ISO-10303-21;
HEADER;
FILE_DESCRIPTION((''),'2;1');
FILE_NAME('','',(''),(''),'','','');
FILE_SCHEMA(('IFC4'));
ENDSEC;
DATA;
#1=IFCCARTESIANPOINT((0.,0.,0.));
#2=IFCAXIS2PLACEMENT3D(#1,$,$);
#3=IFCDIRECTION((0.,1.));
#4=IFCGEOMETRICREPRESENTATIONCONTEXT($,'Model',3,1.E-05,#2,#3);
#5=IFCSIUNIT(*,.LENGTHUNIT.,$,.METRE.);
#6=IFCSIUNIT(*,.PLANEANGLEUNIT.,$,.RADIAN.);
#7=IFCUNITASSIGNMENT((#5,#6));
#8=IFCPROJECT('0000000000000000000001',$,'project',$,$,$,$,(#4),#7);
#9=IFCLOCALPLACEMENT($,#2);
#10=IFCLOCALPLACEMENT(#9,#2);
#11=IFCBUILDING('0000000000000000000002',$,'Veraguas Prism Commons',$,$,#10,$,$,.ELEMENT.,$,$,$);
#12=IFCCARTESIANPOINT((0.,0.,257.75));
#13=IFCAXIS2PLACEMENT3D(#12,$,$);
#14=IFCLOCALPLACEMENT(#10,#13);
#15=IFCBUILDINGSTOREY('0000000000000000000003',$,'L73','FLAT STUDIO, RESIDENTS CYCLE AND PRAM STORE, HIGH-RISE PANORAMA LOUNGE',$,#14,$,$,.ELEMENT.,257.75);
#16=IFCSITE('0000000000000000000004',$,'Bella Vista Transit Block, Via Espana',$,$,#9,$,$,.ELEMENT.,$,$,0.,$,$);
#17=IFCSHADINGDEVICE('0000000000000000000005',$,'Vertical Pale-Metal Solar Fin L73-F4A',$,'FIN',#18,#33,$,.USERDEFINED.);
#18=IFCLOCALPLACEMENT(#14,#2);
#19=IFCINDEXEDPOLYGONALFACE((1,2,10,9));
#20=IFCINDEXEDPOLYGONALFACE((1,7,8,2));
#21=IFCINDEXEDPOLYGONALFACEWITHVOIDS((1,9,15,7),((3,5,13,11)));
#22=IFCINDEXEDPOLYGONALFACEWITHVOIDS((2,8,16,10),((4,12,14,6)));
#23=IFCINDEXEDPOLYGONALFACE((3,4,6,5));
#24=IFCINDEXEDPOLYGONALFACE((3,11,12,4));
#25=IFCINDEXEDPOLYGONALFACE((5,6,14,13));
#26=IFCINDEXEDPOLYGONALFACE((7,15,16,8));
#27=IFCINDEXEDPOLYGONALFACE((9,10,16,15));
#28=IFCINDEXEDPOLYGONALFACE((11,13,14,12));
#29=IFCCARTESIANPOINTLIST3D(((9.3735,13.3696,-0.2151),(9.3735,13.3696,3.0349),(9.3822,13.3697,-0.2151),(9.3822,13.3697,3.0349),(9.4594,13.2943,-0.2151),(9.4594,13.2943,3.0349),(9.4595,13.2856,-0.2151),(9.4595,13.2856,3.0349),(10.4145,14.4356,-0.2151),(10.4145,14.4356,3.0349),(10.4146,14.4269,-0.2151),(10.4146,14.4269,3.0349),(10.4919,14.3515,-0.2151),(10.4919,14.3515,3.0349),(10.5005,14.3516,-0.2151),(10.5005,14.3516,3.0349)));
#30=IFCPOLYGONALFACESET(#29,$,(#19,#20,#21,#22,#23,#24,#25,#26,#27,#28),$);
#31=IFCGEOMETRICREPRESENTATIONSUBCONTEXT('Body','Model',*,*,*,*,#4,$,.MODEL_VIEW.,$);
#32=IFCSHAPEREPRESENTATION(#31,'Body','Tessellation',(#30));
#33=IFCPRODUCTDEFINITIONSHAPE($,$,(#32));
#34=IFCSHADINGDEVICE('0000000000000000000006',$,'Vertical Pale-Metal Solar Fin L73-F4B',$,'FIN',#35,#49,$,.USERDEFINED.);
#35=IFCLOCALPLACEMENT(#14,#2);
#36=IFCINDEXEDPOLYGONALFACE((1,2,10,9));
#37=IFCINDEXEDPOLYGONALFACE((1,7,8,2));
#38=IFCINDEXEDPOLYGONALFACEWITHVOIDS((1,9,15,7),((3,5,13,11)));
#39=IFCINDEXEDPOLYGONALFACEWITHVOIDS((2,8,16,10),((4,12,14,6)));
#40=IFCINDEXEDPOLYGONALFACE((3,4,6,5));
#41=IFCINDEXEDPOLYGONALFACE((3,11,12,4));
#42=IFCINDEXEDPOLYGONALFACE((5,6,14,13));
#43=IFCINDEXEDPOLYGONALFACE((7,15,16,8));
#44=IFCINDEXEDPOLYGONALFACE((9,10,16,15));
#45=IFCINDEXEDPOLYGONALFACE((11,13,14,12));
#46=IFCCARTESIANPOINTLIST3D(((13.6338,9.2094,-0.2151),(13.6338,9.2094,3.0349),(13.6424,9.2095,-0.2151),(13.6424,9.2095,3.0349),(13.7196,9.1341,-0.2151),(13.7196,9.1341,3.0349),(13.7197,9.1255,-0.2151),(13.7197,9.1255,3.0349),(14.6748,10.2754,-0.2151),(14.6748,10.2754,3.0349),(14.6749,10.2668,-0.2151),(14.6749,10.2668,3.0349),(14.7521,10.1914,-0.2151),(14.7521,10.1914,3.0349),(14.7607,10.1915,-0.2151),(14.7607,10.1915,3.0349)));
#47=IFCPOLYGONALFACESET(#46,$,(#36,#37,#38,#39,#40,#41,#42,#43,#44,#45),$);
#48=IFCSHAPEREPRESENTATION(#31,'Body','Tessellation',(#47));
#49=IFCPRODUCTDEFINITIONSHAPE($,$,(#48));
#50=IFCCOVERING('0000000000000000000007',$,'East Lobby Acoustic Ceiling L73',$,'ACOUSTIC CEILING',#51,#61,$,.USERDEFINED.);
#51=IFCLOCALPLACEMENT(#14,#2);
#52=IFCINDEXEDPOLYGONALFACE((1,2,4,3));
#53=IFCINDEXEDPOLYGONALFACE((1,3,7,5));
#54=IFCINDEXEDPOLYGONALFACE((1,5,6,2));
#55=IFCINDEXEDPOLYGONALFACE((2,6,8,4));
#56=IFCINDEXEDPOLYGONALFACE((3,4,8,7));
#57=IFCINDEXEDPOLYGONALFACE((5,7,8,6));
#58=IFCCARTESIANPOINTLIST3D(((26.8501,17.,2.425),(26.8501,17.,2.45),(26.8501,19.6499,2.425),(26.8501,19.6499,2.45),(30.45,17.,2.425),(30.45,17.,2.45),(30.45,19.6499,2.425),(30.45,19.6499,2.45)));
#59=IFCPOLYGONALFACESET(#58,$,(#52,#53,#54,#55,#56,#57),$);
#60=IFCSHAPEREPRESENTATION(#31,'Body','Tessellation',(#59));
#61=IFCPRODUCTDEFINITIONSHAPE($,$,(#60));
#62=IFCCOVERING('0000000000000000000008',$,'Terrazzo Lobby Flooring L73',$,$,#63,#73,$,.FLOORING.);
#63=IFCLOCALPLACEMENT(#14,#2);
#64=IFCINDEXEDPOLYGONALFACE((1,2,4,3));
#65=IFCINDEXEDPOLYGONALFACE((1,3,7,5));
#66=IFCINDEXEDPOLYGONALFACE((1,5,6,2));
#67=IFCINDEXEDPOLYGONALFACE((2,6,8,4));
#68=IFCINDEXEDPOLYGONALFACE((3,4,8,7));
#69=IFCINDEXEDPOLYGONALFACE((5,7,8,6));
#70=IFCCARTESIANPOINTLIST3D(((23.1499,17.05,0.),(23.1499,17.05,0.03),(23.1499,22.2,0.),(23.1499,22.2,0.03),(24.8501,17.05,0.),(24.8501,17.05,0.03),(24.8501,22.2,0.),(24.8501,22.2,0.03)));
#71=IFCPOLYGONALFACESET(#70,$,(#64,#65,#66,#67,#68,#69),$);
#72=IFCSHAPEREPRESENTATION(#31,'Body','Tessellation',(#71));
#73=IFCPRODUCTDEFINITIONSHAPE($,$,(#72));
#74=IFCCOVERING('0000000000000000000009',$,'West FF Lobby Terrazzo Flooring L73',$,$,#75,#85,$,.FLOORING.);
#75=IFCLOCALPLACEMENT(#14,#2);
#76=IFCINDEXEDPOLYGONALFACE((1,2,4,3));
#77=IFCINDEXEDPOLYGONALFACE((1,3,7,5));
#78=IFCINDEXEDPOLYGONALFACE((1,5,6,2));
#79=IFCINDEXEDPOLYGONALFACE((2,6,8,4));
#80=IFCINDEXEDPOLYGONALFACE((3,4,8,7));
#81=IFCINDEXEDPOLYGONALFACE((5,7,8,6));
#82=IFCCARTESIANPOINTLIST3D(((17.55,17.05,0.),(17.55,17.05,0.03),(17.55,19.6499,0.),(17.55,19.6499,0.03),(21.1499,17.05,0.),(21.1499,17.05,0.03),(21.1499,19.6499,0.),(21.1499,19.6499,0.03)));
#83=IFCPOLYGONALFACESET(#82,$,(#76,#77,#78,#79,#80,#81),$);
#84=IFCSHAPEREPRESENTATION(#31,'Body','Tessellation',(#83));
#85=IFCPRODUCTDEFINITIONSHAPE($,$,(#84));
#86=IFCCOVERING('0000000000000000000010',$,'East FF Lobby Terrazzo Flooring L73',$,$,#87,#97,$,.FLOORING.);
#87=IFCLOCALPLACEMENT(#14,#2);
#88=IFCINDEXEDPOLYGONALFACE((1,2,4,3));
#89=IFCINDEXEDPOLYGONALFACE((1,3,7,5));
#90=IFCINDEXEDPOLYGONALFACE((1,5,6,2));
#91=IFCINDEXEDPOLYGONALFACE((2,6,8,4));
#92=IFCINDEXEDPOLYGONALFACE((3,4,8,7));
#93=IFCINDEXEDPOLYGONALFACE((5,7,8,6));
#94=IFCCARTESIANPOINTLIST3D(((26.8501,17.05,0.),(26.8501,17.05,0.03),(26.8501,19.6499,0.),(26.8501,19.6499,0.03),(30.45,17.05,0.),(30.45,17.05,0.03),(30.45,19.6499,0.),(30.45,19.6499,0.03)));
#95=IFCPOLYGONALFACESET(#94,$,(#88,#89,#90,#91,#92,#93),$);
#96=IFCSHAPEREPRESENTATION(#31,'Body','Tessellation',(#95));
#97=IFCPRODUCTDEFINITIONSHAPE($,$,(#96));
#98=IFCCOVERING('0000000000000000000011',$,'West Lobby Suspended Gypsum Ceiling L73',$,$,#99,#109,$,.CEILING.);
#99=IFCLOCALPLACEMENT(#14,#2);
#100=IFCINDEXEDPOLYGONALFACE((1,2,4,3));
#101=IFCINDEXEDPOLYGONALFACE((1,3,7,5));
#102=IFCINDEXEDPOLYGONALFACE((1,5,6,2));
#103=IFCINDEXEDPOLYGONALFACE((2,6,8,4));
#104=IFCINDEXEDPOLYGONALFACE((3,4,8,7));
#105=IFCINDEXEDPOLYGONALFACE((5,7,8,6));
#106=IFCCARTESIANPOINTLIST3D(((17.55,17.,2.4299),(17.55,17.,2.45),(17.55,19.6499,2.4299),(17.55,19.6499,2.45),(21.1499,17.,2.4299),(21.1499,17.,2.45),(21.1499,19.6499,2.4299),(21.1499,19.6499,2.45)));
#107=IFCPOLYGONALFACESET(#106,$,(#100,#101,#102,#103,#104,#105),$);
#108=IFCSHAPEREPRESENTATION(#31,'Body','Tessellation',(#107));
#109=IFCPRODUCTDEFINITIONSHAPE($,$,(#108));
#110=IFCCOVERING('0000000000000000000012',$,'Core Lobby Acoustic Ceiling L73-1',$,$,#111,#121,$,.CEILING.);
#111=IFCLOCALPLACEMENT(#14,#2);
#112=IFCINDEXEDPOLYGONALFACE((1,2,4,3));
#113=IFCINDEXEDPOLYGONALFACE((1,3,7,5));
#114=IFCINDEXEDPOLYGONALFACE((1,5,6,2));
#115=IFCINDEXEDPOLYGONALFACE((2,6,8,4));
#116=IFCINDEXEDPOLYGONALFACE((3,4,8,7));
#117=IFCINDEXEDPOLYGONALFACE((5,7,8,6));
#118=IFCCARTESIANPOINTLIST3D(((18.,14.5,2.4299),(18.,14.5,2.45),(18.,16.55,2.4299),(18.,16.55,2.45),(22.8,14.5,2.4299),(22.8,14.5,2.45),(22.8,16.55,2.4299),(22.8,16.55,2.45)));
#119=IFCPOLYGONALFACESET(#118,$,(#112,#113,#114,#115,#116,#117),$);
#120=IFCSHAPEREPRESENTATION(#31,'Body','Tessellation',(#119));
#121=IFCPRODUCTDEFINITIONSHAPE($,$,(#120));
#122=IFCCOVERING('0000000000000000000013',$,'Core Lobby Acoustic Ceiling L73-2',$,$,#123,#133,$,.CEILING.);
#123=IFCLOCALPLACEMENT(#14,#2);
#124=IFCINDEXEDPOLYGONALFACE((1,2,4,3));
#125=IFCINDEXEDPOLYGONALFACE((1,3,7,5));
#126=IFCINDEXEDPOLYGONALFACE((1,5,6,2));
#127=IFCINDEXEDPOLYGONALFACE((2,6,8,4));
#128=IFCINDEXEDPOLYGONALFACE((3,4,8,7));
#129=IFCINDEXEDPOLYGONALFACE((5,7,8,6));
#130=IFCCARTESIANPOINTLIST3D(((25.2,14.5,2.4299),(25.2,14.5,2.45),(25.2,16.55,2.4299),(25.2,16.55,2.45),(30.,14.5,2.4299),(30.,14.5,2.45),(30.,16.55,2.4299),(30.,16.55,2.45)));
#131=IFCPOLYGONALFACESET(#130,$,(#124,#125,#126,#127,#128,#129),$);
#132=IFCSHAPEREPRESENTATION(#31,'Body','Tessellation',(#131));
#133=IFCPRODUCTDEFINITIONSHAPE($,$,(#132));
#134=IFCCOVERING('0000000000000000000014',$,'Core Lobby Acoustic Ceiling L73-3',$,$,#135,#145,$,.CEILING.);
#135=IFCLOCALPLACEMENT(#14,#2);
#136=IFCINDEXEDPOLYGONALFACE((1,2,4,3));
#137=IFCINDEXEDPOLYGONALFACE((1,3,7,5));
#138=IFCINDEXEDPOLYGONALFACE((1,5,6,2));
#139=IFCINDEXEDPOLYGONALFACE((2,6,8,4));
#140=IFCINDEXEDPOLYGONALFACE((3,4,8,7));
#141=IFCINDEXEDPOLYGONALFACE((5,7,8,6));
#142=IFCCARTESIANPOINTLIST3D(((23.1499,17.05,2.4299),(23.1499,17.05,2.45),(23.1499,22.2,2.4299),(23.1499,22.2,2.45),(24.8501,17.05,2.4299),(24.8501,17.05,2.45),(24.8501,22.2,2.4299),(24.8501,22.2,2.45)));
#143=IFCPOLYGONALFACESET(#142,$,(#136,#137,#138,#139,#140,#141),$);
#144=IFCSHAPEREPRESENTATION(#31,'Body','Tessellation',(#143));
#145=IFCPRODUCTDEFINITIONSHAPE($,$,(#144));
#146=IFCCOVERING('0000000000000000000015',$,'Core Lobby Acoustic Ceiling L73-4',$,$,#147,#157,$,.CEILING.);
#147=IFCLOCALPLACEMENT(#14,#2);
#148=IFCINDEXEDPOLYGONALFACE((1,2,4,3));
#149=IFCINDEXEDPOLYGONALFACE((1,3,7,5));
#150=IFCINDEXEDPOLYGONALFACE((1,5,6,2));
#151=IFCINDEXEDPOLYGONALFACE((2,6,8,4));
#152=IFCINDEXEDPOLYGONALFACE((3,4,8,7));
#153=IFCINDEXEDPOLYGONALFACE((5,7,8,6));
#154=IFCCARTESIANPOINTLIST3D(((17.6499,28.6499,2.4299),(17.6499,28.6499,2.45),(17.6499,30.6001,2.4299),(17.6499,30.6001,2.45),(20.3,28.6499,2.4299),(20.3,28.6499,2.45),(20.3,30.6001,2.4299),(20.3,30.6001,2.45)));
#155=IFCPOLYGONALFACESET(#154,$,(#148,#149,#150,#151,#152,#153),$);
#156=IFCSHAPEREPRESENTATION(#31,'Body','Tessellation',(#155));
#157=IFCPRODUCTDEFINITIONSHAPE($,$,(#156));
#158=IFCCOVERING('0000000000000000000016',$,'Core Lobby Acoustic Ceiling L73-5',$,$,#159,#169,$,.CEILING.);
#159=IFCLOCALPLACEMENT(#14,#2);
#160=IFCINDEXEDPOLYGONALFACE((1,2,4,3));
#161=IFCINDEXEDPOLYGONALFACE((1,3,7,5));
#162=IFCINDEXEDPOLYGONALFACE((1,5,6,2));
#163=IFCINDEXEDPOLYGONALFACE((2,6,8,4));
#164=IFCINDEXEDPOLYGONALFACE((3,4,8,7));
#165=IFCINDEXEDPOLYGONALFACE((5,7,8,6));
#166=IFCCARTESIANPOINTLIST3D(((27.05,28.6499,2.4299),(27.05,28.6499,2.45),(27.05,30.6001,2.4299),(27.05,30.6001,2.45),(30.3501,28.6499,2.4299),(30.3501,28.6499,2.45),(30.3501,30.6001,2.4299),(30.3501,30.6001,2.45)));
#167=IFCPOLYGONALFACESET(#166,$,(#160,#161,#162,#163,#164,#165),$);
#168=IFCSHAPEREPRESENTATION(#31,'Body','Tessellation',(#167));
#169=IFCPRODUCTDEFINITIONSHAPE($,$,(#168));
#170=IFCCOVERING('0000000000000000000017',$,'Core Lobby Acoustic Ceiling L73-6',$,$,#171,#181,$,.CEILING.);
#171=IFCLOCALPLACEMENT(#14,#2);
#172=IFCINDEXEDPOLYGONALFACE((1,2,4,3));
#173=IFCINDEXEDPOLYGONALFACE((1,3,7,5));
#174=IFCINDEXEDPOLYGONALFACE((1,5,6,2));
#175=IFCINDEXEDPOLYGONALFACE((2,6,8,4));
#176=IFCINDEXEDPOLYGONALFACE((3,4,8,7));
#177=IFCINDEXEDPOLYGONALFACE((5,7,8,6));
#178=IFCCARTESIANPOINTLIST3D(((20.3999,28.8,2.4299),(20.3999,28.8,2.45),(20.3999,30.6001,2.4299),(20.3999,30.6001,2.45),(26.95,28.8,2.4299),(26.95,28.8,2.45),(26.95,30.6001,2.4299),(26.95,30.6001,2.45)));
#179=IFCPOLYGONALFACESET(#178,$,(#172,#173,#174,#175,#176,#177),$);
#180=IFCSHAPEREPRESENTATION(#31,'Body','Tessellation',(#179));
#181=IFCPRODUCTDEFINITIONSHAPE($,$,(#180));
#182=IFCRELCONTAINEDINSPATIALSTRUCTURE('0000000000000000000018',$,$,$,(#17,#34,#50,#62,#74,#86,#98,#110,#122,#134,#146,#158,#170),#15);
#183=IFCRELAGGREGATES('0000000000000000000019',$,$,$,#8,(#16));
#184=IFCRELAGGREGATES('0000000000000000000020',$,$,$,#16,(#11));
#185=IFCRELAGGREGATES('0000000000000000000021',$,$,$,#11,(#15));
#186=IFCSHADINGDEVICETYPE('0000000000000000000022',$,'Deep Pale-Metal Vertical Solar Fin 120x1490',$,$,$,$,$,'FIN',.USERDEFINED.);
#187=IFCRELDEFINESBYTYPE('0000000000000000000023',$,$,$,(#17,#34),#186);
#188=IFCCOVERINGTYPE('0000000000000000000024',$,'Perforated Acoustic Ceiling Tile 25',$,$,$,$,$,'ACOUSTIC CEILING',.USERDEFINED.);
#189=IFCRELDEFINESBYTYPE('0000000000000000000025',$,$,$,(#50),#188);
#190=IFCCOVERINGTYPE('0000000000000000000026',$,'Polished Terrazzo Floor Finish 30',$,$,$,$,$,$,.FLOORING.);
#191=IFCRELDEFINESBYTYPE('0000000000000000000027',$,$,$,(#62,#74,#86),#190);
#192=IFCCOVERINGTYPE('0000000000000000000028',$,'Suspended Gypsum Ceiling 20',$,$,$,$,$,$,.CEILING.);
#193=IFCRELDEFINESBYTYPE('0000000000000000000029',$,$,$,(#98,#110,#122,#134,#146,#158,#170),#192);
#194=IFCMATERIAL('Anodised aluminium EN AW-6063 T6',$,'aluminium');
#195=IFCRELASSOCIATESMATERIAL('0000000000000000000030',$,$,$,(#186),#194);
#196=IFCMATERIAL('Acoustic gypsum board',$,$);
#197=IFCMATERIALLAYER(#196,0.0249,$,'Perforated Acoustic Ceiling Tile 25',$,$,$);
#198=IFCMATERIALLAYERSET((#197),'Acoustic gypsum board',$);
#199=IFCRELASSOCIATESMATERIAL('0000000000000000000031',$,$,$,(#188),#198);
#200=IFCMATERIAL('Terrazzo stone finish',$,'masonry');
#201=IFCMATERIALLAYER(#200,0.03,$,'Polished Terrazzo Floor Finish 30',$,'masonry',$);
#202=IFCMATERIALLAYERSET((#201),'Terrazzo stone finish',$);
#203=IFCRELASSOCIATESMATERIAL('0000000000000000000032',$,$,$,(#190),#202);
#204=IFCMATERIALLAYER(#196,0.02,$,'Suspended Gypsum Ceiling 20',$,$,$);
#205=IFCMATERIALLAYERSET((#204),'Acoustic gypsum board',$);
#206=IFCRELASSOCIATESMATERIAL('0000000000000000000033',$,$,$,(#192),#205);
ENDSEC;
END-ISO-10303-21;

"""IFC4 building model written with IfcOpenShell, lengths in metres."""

from ifc_helpers import new_model, si_unit, direction, frame, origin, origin_2d, place, context, subcontext, project, spatial, polyline, hollow_rectangle, outline, extrude, material, layer, layer_set, material_profile, profile_set, type_object, element, save


model = new_model("IFC4")

# Units and contexts
model_context = context("Model", 3, precision=1e-05, world=origin(), true_north=direction((0.0, 1.0)))
body_context = subcontext(model_context, "Body", "Model", "MODEL_VIEW")
ifc_project = project(units=[si_unit("LENGTHUNIT", "METRE"), si_unit("PLANEANGLEUNIT", "RADIAN")], contexts=[model_context])

# Site, building, storey
site_placement = place(None, origin())
site = spatial("IfcSite", under=ifc_project, at=site_placement, Name="Bella Vista Transit Block, Via Espana", CompositionType="ELEMENT", RefElevation=0.0)
building_placement = place(site_placement, origin())
building = spatial("IfcBuilding", under=site, at=building_placement, Name="Veraguas Prism Commons", CompositionType="ELEMENT")
storey_placement = place(building_placement, frame((0.0, 0.0, 257.75)))
storey = spatial("IfcBuildingStorey", under=building, at=storey_placement, Name="L73", Description="FLAT STUDIO, RESIDENTS CYCLE AND PRAM STORE, HIGH-RISE PANORAMA LOUNGE", CompositionType="ELEMENT", Elevation=257.75)

# Shared definitions
ifc_material_1 = material(Name="Anodised aluminium EN AW-6063 T6", Category="aluminium")

# Shading devices
ifc_material_profile_1 = material_profile(ifc_material_1, hollow_rectangle(XDim=0.1201, YDim=1.49, WallThickness=0.0061, at=origin_2d()), Name="FIN120X1490X6")
ifc_profile_set_1 = profile_set([ifc_material_profile_1], Name="Anodised aluminium EN AW-6063 T6")
shading_device_type = type_object("IfcShadingDeviceType", Name="Deep Pale-Metal Vertical Solar Fin 120x1490", ElementType="FIN", PredefinedType="USERDEFINED", material=ifc_profile_set_1)
for number, where, z_axis, x_axis, name in (
    (1, (9.937, 13.8606, -0.2151), (0.0, 0.0, 1.0), (0.715448, -0.698666, 0.0), "Vertical Pale-Metal Solar Fin L73-F4A"),
    (2, (14.1973, 9.7004, -0.2151), (0.0, 0.0, 1.0), (0.715448, -0.698666, 0.0), "Vertical Pale-Metal Solar Fin L73-F4B"),
):
    element("IfcShadingDevice", number, at=place(storey_placement, frame(where, z_axis=z_axis, x_axis=x_axis)), inside=storey, type_object=shading_device_type, Name=name, ObjectType="FIN", PredefinedType="USERDEFINED", context=body_context, shape_type="SweptSolid", body=[
        extrude(hollow_rectangle(XDim=0.1201, YDim=1.49, WallThickness=0.0061, at=origin_2d()), origin(), (0.0, 0.0, 1.0), 3.25),
    ])

# Coverings
ifc_material_2 = material(Name="Acoustic gypsum board")
ifc_layer_1 = layer(ifc_material_2, 0.0249, Name="Perforated Acoustic Ceiling Tile 25")
ifc_layer_set_1 = layer_set([ifc_layer_1], Name="Acoustic gypsum board")
covering_type_1 = type_object("IfcCoveringType", Name="Perforated Acoustic Ceiling Tile 25", ElementType="ACOUSTIC CEILING", PredefinedType="USERDEFINED", material=ifc_layer_set_1)
covering_1_placement = place(storey_placement, frame((0.0, 0.0, 2.425)))
element("IfcCovering", 3, at=covering_1_placement, inside=storey, type_object=covering_type_1, Name="East Lobby Acoustic Ceiling L73", ObjectType="ACOUSTIC CEILING", PredefinedType="USERDEFINED", context=body_context, shape_type="SweptSolid", body=[
    extrude(outline(polyline([(26.8501, 17.0), (30.45, 17.0), (30.45, 19.6499), (26.8501, 19.6499), (26.8501, 17.0)])), origin(), (0.0, 0.0, 1.0), 0.0249),
])
ifc_material_3 = material(Name="Terrazzo stone finish", Category="masonry")
ifc_layer_2 = layer(ifc_material_3, 0.03, Name="Polished Terrazzo Floor Finish 30", Category="masonry")
ifc_layer_set_2 = layer_set([ifc_layer_2], Name="Terrazzo stone finish")
covering_type_2 = type_object("IfcCoveringType", Name="Polished Terrazzo Floor Finish 30", PredefinedType="FLOORING", material=ifc_layer_set_2)
covering_2_placement = place(storey_placement, origin())
element("IfcCovering", 4, at=covering_2_placement, inside=storey, type_object=covering_type_2, Name="Terrazzo Lobby Flooring L73", PredefinedType="FLOORING", context=body_context, shape_type="SweptSolid", body=[
    extrude(outline(polyline([(23.1499, 17.05), (24.8501, 17.05), (24.8501, 22.2), (23.1499, 22.2), (23.1499, 17.05)])), origin(), (0.0, 0.0, 1.0), 0.03),
])
covering_3_placement = place(storey_placement, origin())
element("IfcCovering", 5, at=covering_3_placement, inside=storey, type_object=covering_type_2, Name="West FF Lobby Terrazzo Flooring L73", PredefinedType="FLOORING", context=body_context, shape_type="SweptSolid", body=[
    extrude(outline(polyline([(17.55, 17.05), (21.1499, 17.05), (21.1499, 19.6499), (17.55, 19.6499), (17.55, 17.05)])), origin(), (0.0, 0.0, 1.0), 0.03),
])
covering_4_placement = place(storey_placement, origin())
element("IfcCovering", 6, at=covering_4_placement, inside=storey, type_object=covering_type_2, Name="East FF Lobby Terrazzo Flooring L73", PredefinedType="FLOORING", context=body_context, shape_type="SweptSolid", body=[
    extrude(outline(polyline([(26.8501, 17.05), (30.45, 17.05), (30.45, 19.6499), (26.8501, 19.6499), (26.8501, 17.05)])), origin(), (0.0, 0.0, 1.0), 0.03),
])
ifc_layer_3 = layer(ifc_material_2, 0.02, Name="Suspended Gypsum Ceiling 20")
ifc_layer_set_3 = layer_set([ifc_layer_3], Name="Acoustic gypsum board")
covering_type_3 = type_object("IfcCoveringType", Name="Suspended Gypsum Ceiling 20", PredefinedType="CEILING", material=ifc_layer_set_3)
covering_5_placement = place(storey_placement, frame((0.0, 0.0, 2.4299)))
element("IfcCovering", 7, at=covering_5_placement, inside=storey, type_object=covering_type_3, Name="West Lobby Suspended Gypsum Ceiling L73", PredefinedType="CEILING", context=body_context, shape_type="SweptSolid", body=[
    extrude(outline(polyline([(17.55, 17.0), (21.1499, 17.0), (21.1499, 19.6499), (17.55, 19.6499), (17.55, 17.0)])), origin(), (0.0, 0.0, 1.0), 0.02),
])
covering_6_placement = place(storey_placement, frame((0.0, 0.0, 2.4299)))
element("IfcCovering", 8, at=covering_6_placement, inside=storey, type_object=covering_type_3, Name="Core Lobby Acoustic Ceiling L73-1", PredefinedType="CEILING", context=body_context, shape_type="SweptSolid", body=[
    extrude(outline(polyline([(18.0, 14.5), (22.8, 14.5), (22.8, 16.55), (18.0, 16.55), (18.0, 14.5)])), origin(), (0.0, 0.0, 1.0), 0.02),
])
covering_7_placement = place(storey_placement, frame((0.0, 0.0, 2.4299)))
element("IfcCovering", 9, at=covering_7_placement, inside=storey, type_object=covering_type_3, Name="Core Lobby Acoustic Ceiling L73-2", PredefinedType="CEILING", context=body_context, shape_type="SweptSolid", body=[
    extrude(outline(polyline([(25.2, 14.5), (30.0, 14.5), (30.0, 16.55), (25.2, 16.55), (25.2, 14.5)])), origin(), (0.0, 0.0, 1.0), 0.02),
])
covering_8_placement = place(storey_placement, frame((0.0, 0.0, 2.4299)))
element("IfcCovering", 10, at=covering_8_placement, inside=storey, type_object=covering_type_3, Name="Core Lobby Acoustic Ceiling L73-3", PredefinedType="CEILING", context=body_context, shape_type="SweptSolid", body=[
    extrude(outline(polyline([(23.1499, 17.05), (24.8501, 17.05), (24.8501, 22.2), (23.1499, 22.2), (23.1499, 17.05)])), origin(), (0.0, 0.0, 1.0), 0.02),
])
covering_9_placement = place(storey_placement, frame((0.0, 0.0, 2.4299)))
element("IfcCovering", 11, at=covering_9_placement, inside=storey, type_object=covering_type_3, Name="Core Lobby Acoustic Ceiling L73-4", PredefinedType="CEILING", context=body_context, shape_type="SweptSolid", body=[
    extrude(outline(polyline([(17.6499, 28.6499), (20.3, 28.6499), (20.3, 30.6001), (17.6499, 30.6001), (17.6499, 28.6499)])), origin(), (0.0, 0.0, 1.0), 0.02),
])
covering_10_placement = place(storey_placement, frame((0.0, 0.0, 2.4299)))
element("IfcCovering", 12, at=covering_10_placement, inside=storey, type_object=covering_type_3, Name="Core Lobby Acoustic Ceiling L73-5", PredefinedType="CEILING", context=body_context, shape_type="SweptSolid", body=[
    extrude(outline(polyline([(27.05, 28.6499), (30.3501, 28.6499), (30.3501, 30.6001), (27.05, 30.6001), (27.05, 28.6499)])), origin(), (0.0, 0.0, 1.0), 0.02),
])
covering_11_placement = place(storey_placement, frame((0.0, 0.0, 2.4299)))
element("IfcCovering", 13, at=covering_11_placement, inside=storey, type_object=covering_type_3, Name="Core Lobby Acoustic Ceiling L73-6", PredefinedType="CEILING", context=body_context, shape_type="SweptSolid", body=[
    extrude(outline(polyline([(20.3999, 28.8), (26.95, 28.8), (26.95, 30.6001), (20.3999, 30.6001), (20.3999, 28.8)])), origin(), (0.0, 0.0, 1.0), 0.02),
])

save(model, "model.ifc")
